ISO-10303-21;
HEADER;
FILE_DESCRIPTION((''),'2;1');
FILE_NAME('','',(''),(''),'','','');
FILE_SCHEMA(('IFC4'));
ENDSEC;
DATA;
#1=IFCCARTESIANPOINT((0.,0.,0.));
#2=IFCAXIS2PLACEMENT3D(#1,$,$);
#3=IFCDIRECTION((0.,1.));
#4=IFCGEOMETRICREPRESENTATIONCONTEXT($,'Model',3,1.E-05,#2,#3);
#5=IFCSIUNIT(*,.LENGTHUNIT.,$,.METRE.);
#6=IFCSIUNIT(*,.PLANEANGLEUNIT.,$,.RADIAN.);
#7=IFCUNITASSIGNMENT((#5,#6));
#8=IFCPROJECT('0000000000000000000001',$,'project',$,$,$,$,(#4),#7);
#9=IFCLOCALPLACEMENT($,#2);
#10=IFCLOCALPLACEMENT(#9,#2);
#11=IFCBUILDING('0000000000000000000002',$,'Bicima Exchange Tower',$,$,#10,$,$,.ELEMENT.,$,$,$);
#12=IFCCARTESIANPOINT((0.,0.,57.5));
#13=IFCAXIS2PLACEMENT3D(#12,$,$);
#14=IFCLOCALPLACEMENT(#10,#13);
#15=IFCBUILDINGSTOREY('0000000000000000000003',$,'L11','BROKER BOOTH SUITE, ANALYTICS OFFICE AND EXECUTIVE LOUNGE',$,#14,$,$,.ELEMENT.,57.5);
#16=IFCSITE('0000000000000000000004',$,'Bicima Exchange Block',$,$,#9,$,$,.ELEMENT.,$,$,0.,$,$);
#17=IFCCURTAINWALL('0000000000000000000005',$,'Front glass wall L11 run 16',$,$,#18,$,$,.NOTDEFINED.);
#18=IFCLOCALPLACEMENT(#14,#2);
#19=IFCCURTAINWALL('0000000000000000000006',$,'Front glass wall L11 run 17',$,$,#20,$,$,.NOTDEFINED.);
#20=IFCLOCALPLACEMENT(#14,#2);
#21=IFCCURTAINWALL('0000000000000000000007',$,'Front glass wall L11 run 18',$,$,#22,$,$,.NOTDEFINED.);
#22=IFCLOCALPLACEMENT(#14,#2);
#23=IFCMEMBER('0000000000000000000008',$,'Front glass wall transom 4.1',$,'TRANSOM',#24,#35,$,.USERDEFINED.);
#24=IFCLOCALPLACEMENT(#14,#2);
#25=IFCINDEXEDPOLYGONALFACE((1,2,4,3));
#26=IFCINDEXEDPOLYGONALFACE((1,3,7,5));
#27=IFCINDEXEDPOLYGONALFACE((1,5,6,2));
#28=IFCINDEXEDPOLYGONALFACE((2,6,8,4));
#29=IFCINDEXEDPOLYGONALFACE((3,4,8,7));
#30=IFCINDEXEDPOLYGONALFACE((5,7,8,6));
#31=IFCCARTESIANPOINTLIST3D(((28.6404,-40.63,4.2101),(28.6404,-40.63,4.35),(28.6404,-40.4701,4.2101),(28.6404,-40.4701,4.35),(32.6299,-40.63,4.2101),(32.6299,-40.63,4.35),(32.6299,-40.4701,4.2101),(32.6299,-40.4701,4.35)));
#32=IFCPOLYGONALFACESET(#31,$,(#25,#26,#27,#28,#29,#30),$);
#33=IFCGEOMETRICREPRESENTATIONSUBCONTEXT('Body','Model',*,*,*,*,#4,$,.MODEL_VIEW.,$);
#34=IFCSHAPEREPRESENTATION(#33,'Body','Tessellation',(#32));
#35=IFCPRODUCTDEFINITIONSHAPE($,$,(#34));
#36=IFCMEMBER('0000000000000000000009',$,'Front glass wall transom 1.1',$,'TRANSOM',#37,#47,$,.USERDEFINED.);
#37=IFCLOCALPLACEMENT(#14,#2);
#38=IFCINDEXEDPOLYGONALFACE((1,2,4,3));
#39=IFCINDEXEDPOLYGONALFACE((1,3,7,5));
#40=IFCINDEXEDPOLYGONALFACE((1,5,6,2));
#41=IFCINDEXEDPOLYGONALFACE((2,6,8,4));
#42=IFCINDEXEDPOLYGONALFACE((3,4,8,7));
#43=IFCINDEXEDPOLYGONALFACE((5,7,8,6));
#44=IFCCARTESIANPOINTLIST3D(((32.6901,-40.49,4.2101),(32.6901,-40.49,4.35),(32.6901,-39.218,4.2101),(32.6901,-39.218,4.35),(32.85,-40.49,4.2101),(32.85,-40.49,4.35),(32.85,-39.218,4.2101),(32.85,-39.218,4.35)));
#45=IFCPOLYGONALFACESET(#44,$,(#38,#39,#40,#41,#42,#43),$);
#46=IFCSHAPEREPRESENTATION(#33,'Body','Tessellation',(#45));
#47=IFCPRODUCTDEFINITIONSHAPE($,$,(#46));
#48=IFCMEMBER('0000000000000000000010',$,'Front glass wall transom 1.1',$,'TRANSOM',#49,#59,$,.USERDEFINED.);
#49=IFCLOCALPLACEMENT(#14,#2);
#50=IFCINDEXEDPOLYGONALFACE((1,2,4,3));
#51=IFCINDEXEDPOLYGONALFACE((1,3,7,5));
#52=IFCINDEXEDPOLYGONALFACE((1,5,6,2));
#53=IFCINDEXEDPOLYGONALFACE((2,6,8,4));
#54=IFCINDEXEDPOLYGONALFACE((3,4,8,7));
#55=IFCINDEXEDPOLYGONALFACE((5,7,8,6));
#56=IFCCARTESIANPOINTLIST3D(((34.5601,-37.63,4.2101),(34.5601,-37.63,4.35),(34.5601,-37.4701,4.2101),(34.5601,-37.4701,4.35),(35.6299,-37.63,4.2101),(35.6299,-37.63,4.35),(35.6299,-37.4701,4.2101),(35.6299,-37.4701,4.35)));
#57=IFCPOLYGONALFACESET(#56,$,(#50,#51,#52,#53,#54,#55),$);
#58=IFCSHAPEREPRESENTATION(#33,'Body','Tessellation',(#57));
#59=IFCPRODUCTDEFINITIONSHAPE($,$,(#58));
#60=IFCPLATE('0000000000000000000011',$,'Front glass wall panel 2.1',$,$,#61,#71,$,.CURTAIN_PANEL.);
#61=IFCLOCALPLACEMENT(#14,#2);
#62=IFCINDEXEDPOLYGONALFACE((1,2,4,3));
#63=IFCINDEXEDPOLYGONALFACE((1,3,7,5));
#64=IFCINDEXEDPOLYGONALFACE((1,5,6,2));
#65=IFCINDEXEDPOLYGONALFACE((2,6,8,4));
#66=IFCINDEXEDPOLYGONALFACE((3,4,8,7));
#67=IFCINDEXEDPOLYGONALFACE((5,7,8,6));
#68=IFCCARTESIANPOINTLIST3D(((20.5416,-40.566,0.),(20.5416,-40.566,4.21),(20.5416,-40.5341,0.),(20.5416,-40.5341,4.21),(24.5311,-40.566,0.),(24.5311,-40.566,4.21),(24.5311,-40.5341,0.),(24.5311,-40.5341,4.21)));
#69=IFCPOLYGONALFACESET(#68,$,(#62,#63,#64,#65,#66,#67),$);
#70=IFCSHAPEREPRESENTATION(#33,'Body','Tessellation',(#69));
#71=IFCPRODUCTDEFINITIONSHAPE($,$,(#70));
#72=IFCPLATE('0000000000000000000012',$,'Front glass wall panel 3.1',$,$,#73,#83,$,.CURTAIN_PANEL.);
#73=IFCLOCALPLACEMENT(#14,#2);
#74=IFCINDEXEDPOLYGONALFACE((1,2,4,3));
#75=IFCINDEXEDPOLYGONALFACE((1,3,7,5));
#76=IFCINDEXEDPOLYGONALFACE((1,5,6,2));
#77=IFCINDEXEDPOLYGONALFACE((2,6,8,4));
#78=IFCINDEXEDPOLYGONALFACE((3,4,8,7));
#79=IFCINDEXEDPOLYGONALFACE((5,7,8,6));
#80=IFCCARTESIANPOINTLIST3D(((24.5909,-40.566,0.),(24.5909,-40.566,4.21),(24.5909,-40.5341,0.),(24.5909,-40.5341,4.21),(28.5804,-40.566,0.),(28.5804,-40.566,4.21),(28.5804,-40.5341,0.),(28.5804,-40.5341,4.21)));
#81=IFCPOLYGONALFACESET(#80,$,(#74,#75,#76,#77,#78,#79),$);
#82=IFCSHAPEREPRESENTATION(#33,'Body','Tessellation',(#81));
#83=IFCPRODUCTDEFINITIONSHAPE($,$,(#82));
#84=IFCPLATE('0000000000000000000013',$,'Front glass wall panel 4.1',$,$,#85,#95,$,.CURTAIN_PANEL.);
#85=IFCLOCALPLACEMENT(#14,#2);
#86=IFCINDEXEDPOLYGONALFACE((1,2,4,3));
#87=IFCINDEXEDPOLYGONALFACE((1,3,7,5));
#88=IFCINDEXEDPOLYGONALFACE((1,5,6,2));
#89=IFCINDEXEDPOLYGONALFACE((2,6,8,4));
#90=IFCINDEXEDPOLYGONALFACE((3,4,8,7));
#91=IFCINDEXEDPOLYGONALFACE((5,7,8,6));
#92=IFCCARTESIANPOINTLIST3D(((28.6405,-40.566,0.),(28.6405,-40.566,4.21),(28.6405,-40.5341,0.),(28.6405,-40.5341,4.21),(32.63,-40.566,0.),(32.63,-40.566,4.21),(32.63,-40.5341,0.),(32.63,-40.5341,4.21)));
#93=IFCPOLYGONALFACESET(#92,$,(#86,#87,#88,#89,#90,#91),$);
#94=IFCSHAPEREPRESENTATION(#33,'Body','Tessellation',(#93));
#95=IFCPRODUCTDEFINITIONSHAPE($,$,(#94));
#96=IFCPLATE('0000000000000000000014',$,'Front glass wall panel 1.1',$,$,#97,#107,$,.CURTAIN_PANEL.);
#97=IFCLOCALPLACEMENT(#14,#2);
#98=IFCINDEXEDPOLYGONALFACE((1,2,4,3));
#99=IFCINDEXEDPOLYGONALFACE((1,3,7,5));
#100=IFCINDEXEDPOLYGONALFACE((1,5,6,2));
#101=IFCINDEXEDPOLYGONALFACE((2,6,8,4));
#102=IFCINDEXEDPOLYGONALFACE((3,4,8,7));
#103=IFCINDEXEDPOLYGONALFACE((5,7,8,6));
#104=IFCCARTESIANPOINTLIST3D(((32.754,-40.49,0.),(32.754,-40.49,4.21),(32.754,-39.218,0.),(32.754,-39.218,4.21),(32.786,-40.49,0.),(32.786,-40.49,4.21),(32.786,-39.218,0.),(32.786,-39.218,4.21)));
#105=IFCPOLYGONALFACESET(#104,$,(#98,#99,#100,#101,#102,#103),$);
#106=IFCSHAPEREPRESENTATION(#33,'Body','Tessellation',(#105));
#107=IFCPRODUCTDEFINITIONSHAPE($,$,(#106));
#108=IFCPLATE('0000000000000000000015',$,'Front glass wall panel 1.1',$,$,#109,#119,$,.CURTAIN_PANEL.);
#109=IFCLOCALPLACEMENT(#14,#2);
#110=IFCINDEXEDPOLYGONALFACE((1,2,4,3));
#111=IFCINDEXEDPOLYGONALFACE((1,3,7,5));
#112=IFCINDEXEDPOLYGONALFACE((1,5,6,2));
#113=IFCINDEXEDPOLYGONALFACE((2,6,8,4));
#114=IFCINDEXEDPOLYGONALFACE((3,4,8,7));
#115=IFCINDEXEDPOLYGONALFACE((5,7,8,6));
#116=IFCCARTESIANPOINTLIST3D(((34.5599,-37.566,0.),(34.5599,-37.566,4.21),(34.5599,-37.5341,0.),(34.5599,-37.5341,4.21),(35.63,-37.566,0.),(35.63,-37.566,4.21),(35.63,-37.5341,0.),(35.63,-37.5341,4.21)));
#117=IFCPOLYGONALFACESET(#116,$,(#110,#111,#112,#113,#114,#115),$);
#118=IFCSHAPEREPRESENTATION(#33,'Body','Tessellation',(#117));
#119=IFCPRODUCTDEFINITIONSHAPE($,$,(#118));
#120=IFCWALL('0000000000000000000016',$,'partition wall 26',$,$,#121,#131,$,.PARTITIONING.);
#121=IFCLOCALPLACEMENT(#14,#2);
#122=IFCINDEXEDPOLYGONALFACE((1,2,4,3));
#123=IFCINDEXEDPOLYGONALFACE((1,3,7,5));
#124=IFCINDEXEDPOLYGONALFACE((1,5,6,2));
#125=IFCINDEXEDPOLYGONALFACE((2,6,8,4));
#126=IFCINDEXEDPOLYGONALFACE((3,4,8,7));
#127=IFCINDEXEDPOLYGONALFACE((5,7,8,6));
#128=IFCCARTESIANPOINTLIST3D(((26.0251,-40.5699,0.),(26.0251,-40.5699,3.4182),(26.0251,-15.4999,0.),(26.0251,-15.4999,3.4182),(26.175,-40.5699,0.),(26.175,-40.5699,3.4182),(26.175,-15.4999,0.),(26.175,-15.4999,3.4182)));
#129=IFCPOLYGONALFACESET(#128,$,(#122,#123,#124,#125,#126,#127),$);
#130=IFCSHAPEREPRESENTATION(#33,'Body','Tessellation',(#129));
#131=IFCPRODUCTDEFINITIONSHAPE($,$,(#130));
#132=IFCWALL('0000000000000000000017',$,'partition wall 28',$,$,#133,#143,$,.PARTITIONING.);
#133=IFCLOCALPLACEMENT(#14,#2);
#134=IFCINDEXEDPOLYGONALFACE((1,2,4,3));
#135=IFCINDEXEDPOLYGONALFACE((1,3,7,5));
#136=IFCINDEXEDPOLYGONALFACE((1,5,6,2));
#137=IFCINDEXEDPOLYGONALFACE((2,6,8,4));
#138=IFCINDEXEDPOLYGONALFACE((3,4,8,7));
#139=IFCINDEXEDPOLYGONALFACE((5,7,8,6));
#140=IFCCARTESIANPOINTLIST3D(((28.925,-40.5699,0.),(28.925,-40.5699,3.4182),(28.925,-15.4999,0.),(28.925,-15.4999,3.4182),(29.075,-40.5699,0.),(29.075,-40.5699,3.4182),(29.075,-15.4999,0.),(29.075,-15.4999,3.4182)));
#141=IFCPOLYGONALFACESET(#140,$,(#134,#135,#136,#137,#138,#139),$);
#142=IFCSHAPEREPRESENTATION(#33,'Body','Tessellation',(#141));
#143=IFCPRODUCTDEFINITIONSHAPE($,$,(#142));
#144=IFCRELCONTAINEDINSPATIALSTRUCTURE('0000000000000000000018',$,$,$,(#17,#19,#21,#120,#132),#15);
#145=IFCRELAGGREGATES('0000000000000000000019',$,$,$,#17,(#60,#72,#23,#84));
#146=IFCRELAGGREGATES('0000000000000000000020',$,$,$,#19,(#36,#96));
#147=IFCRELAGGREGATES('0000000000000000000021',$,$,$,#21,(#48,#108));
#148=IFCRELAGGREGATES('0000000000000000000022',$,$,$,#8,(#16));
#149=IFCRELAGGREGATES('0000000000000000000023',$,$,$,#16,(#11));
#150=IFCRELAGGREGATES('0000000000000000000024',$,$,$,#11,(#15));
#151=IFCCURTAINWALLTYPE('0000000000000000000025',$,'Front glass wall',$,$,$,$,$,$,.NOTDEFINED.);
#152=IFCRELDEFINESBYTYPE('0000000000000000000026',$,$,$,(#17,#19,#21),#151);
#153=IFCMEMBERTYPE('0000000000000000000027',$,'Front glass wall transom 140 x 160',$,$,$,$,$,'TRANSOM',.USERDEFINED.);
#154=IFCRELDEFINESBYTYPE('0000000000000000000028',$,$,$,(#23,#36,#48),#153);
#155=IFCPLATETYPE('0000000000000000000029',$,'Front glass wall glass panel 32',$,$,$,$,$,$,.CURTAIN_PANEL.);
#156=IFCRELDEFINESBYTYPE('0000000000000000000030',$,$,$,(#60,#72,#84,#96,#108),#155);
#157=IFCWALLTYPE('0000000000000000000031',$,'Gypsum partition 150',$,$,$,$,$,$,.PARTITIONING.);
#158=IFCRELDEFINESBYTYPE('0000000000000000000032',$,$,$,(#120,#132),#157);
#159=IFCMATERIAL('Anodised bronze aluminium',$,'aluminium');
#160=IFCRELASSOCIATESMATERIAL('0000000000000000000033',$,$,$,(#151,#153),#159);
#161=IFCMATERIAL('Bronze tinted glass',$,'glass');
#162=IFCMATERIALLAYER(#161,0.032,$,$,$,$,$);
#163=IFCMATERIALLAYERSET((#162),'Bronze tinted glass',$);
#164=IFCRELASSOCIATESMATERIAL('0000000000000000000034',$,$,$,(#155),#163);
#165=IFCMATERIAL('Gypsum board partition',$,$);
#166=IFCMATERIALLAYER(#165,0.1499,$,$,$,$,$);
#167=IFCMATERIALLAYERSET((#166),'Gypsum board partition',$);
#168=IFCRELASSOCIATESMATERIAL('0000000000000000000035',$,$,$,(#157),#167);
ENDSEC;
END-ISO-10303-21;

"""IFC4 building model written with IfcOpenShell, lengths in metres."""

from ifc_helpers import new_model, si_unit, direction, frame, frame_2d, origin, origin_2d, place, context, subcontext, project, spatial, rectangle, extrude, material, layer, layer_set, material_profile, profile_set, type_object, element, aggregate, save


model = new_model("IFC4")

# Units and contexts
model_context = context("Model", 3, precision=1e-05, world=origin(), true_north=direction((0.0, 1.0)))
body_context = subcontext(model_context, "Body", "Model", "MODEL_VIEW")
ifc_project = project(units=[si_unit("LENGTHUNIT", "METRE"), si_unit("PLANEANGLEUNIT", "RADIAN")], contexts=[model_context])

# Site, building, storey
site_placement = place(None, origin())
site = spatial("IfcSite", under=ifc_project, at=site_placement, Name="Bicima Exchange Block", CompositionType="ELEMENT", RefElevation=0.0)
building_placement = place(site_placement, origin())
building = spatial("IfcBuilding", under=site, at=building_placement, Name="Bicima Exchange Tower", CompositionType="ELEMENT")
storey_placement = place(building_placement, frame((0.0, 0.0, 57.5)))
storey = spatial("IfcBuildingStorey", under=building, at=storey_placement, Name="L11", Description="BROKER BOOTH SUITE, ANALYTICS OFFICE AND EXECUTIVE LOUNGE", CompositionType="ELEMENT", Elevation=57.5)

# Curtain walls
ifc_material_1 = material(Name="Anodised bronze aluminium", Category="aluminium")
curtain_wall_type = type_object("IfcCurtainWallType", Name="Front glass wall", PredefinedType="NOTDEFINED", material=ifc_material_1)
curtain_wall_1_placement = place(storey_placement, origin())
curtain_wall_1 = element("IfcCurtainWall", 1, at=curtain_wall_1_placement, inside=storey, type_object=curtain_wall_type, Name="Front glass wall L11 run 16", PredefinedType="NOTDEFINED")
curtain_wall_2_placement = place(storey_placement, origin())
curtain_wall_2 = element("IfcCurtainWall", 2, at=curtain_wall_2_placement, inside=storey, type_object=curtain_wall_type, Name="Front glass wall L11 run 17", PredefinedType="NOTDEFINED")
curtain_wall_3_placement = place(storey_placement, origin())
curtain_wall_3 = element("IfcCurtainWall", 3, at=curtain_wall_3_placement, inside=storey, type_object=curtain_wall_type, Name="Front glass wall L11 run 18", PredefinedType="NOTDEFINED")

# Members
ifc_material_profile_1 = material_profile(ifc_material_1, rectangle(XDim=0.1599, YDim=0.1399, at=origin_2d()))
ifc_profile_set_1 = profile_set([ifc_material_profile_1], Name="Anodised bronze aluminium")
member_type_1 = type_object("IfcMemberType", Name="Front glass wall transom 140 x 160", ElementType="TRANSOM", PredefinedType="USERDEFINED", material=ifc_profile_set_1)
member_1_placement = place(storey_placement, frame((28.6404, -40.55, 4.28), z_axis=(1.0, 0.0, 0.0), x_axis=(0.0, 1.0, 0.0)))
member_1 = element("IfcMember", 4, at=member_1_placement, type_object=member_type_1, Name="Front glass wall transom 4.1", ObjectType="TRANSOM", PredefinedType="USERDEFINED", context=body_context, shape_type="SweptSolid", body=[
    extrude(rectangle(XDim=0.1599, YDim=0.1399, at=origin_2d()), origin(), (0.0, 0.0, 1.0), 3.9895),
])
member_2_placement = place(storey_placement, frame((32.77, -40.49, 4.28), z_axis=(0.0, 1.0, 0.0), x_axis=(-1.0, 0.0, 0.0)))
member_2 = element("IfcMember", 5, at=member_2_placement, type_object=member_type_1, Name="Front glass wall transom 1.1", ObjectType="TRANSOM", PredefinedType="USERDEFINED", context=body_context, shape_type="SweptSolid", body=[
    extrude(rectangle(XDim=0.1599, YDim=0.1399, at=origin_2d()), origin(), (0.0, 0.0, 1.0), 1.272),
])
member_3_placement = place(storey_placement, frame((34.5601, -37.55, 4.28), z_axis=(1.0, 0.0, 0.0), x_axis=(0.0, 1.0, 0.0)))
member_3 = element("IfcMember", 6, at=member_3_placement, type_object=member_type_1, Name="Front glass wall transom 1.1", ObjectType="TRANSOM", PredefinedType="USERDEFINED", context=body_context, shape_type="SweptSolid", body=[
    extrude(rectangle(XDim=0.1599, YDim=0.1399, at=origin_2d()), origin(), (0.0, 0.0, 1.0), 1.0698),
])

# Plates
ifc_material_2 = material(Name="Bronze tinted glass", Category="glass")
ifc_layer_1 = layer(ifc_material_2, 0.032)
ifc_layer_set_1 = layer_set([ifc_layer_1], Name="Bronze tinted glass")
plate_type = type_object("IfcPlateType", Name="Front glass wall glass panel 32", PredefinedType="CURTAIN_PANEL", material=ifc_layer_set_1)
plate_1_placement = place(storey_placement, frame((22.5364, -40.55, 0.0), z_axis=(0.0, 0.0, 1.0), x_axis=(1.0, 0.0, 0.0)))
plate_1 = element("IfcPlate", 7, at=plate_1_placement, type_object=plate_type, Name="Front glass wall panel 2.1", PredefinedType="CURTAIN_PANEL", context=body_context, shape_type="SweptSolid", body=[
    extrude(rectangle(XDim=3.9895, YDim=0.032, at=origin_2d()), origin(), (0.0, 0.0, 1.0), 4.21),
])
plate_2_placement = place(storey_placement, frame((26.5857, -40.55, 0.0), z_axis=(0.0, 0.0, 1.0), x_axis=(1.0, 0.0, 0.0)))
plate_2 = element("IfcPlate", 8, at=plate_2_placement, type_object=plate_type, Name="Front glass wall panel 3.1", PredefinedType="CURTAIN_PANEL", context=body_context, shape_type="SweptSolid", body=[
    extrude(rectangle(XDim=3.9895, YDim=0.032, at=origin_2d()), origin(), (0.0, 0.0, 1.0), 4.21),
])
plate_3_placement = place(storey_placement, frame((30.6353, -40.55, 0.0), z_axis=(0.0, 0.0, 1.0), x_axis=(1.0, 0.0, 0.0)))
plate_3 = element("IfcPlate", 9, at=plate_3_placement, type_object=plate_type, Name="Front glass wall panel 4.1", PredefinedType="CURTAIN_PANEL", context=body_context, shape_type="SweptSolid", body=[
    extrude(rectangle(XDim=3.9895, YDim=0.032, at=origin_2d()), origin(), (0.0, 0.0, 1.0), 4.21),
])
aggregate(curtain_wall_1, [plate_1, plate_2, member_1, plate_3])
plate_4_placement = place(storey_placement, frame((32.77, -39.854, 0.0), z_axis=(0.0, 0.0, 1.0), x_axis=(0.0, 1.0, 0.0)))
plate_4 = element("IfcPlate", 10, at=plate_4_placement, type_object=plate_type, Name="Front glass wall panel 1.1", PredefinedType="CURTAIN_PANEL", context=body_context, shape_type="SweptSolid", body=[
    extrude(rectangle(XDim=1.272, YDim=0.032, at=origin_2d()), origin(), (0.0, 0.0, 1.0), 4.21),
])
aggregate(curtain_wall_2, [member_2, plate_4])
plate_5_placement = place(storey_placement, frame((35.095, -37.55, 0.0), z_axis=(0.0, 0.0, 1.0), x_axis=(1.0, 0.0, 0.0)))
plate_5 = element("IfcPlate", 11, at=plate_5_placement, type_object=plate_type, Name="Front glass wall panel 1.1", PredefinedType="CURTAIN_PANEL", context=body_context, shape_type="SweptSolid", body=[
    extrude(rectangle(XDim=1.0701, YDim=0.032, at=origin_2d()), origin(), (0.0, 0.0, 1.0), 4.21),
])
aggregate(curtain_wall_3, [member_3, plate_5])

# Walls
ifc_material_3 = material(Name="Gypsum board partition")
ifc_layer_2 = layer(ifc_material_3, 0.1499)
ifc_layer_set_2 = layer_set([ifc_layer_2], Name="Gypsum board partition")
wall_type = type_object("IfcWallType", Name="Gypsum partition 150", PredefinedType="PARTITIONING", material=ifc_layer_set_2)
for number, where, z_axis, x_axis, name in (
    (12, (26.1001, -40.5701, 0.0), (0.0, 0.0, 1.0), (0.0, 1.0, 0.0), "partition wall 26"),
    (13, (29.0, -40.5701, 0.0), (0.0, 0.0, 1.0), (0.0, 1.0, 0.0), "partition wall 28"),
):
    element("IfcWall", number, at=place(storey_placement, frame(where, z_axis=z_axis, x_axis=x_axis)), inside=storey, type_object=wall_type, Name=name, PredefinedType="PARTITIONING", context=body_context, shape_type="SweptSolid", body=[
        extrude(rectangle(XDim=25.0701, YDim=0.1499, at=frame_2d((12.5352, 0.0))), origin(), (0.0, 0.0, 1.0), 3.4182),
    ])

save(model, "model.ifc")
